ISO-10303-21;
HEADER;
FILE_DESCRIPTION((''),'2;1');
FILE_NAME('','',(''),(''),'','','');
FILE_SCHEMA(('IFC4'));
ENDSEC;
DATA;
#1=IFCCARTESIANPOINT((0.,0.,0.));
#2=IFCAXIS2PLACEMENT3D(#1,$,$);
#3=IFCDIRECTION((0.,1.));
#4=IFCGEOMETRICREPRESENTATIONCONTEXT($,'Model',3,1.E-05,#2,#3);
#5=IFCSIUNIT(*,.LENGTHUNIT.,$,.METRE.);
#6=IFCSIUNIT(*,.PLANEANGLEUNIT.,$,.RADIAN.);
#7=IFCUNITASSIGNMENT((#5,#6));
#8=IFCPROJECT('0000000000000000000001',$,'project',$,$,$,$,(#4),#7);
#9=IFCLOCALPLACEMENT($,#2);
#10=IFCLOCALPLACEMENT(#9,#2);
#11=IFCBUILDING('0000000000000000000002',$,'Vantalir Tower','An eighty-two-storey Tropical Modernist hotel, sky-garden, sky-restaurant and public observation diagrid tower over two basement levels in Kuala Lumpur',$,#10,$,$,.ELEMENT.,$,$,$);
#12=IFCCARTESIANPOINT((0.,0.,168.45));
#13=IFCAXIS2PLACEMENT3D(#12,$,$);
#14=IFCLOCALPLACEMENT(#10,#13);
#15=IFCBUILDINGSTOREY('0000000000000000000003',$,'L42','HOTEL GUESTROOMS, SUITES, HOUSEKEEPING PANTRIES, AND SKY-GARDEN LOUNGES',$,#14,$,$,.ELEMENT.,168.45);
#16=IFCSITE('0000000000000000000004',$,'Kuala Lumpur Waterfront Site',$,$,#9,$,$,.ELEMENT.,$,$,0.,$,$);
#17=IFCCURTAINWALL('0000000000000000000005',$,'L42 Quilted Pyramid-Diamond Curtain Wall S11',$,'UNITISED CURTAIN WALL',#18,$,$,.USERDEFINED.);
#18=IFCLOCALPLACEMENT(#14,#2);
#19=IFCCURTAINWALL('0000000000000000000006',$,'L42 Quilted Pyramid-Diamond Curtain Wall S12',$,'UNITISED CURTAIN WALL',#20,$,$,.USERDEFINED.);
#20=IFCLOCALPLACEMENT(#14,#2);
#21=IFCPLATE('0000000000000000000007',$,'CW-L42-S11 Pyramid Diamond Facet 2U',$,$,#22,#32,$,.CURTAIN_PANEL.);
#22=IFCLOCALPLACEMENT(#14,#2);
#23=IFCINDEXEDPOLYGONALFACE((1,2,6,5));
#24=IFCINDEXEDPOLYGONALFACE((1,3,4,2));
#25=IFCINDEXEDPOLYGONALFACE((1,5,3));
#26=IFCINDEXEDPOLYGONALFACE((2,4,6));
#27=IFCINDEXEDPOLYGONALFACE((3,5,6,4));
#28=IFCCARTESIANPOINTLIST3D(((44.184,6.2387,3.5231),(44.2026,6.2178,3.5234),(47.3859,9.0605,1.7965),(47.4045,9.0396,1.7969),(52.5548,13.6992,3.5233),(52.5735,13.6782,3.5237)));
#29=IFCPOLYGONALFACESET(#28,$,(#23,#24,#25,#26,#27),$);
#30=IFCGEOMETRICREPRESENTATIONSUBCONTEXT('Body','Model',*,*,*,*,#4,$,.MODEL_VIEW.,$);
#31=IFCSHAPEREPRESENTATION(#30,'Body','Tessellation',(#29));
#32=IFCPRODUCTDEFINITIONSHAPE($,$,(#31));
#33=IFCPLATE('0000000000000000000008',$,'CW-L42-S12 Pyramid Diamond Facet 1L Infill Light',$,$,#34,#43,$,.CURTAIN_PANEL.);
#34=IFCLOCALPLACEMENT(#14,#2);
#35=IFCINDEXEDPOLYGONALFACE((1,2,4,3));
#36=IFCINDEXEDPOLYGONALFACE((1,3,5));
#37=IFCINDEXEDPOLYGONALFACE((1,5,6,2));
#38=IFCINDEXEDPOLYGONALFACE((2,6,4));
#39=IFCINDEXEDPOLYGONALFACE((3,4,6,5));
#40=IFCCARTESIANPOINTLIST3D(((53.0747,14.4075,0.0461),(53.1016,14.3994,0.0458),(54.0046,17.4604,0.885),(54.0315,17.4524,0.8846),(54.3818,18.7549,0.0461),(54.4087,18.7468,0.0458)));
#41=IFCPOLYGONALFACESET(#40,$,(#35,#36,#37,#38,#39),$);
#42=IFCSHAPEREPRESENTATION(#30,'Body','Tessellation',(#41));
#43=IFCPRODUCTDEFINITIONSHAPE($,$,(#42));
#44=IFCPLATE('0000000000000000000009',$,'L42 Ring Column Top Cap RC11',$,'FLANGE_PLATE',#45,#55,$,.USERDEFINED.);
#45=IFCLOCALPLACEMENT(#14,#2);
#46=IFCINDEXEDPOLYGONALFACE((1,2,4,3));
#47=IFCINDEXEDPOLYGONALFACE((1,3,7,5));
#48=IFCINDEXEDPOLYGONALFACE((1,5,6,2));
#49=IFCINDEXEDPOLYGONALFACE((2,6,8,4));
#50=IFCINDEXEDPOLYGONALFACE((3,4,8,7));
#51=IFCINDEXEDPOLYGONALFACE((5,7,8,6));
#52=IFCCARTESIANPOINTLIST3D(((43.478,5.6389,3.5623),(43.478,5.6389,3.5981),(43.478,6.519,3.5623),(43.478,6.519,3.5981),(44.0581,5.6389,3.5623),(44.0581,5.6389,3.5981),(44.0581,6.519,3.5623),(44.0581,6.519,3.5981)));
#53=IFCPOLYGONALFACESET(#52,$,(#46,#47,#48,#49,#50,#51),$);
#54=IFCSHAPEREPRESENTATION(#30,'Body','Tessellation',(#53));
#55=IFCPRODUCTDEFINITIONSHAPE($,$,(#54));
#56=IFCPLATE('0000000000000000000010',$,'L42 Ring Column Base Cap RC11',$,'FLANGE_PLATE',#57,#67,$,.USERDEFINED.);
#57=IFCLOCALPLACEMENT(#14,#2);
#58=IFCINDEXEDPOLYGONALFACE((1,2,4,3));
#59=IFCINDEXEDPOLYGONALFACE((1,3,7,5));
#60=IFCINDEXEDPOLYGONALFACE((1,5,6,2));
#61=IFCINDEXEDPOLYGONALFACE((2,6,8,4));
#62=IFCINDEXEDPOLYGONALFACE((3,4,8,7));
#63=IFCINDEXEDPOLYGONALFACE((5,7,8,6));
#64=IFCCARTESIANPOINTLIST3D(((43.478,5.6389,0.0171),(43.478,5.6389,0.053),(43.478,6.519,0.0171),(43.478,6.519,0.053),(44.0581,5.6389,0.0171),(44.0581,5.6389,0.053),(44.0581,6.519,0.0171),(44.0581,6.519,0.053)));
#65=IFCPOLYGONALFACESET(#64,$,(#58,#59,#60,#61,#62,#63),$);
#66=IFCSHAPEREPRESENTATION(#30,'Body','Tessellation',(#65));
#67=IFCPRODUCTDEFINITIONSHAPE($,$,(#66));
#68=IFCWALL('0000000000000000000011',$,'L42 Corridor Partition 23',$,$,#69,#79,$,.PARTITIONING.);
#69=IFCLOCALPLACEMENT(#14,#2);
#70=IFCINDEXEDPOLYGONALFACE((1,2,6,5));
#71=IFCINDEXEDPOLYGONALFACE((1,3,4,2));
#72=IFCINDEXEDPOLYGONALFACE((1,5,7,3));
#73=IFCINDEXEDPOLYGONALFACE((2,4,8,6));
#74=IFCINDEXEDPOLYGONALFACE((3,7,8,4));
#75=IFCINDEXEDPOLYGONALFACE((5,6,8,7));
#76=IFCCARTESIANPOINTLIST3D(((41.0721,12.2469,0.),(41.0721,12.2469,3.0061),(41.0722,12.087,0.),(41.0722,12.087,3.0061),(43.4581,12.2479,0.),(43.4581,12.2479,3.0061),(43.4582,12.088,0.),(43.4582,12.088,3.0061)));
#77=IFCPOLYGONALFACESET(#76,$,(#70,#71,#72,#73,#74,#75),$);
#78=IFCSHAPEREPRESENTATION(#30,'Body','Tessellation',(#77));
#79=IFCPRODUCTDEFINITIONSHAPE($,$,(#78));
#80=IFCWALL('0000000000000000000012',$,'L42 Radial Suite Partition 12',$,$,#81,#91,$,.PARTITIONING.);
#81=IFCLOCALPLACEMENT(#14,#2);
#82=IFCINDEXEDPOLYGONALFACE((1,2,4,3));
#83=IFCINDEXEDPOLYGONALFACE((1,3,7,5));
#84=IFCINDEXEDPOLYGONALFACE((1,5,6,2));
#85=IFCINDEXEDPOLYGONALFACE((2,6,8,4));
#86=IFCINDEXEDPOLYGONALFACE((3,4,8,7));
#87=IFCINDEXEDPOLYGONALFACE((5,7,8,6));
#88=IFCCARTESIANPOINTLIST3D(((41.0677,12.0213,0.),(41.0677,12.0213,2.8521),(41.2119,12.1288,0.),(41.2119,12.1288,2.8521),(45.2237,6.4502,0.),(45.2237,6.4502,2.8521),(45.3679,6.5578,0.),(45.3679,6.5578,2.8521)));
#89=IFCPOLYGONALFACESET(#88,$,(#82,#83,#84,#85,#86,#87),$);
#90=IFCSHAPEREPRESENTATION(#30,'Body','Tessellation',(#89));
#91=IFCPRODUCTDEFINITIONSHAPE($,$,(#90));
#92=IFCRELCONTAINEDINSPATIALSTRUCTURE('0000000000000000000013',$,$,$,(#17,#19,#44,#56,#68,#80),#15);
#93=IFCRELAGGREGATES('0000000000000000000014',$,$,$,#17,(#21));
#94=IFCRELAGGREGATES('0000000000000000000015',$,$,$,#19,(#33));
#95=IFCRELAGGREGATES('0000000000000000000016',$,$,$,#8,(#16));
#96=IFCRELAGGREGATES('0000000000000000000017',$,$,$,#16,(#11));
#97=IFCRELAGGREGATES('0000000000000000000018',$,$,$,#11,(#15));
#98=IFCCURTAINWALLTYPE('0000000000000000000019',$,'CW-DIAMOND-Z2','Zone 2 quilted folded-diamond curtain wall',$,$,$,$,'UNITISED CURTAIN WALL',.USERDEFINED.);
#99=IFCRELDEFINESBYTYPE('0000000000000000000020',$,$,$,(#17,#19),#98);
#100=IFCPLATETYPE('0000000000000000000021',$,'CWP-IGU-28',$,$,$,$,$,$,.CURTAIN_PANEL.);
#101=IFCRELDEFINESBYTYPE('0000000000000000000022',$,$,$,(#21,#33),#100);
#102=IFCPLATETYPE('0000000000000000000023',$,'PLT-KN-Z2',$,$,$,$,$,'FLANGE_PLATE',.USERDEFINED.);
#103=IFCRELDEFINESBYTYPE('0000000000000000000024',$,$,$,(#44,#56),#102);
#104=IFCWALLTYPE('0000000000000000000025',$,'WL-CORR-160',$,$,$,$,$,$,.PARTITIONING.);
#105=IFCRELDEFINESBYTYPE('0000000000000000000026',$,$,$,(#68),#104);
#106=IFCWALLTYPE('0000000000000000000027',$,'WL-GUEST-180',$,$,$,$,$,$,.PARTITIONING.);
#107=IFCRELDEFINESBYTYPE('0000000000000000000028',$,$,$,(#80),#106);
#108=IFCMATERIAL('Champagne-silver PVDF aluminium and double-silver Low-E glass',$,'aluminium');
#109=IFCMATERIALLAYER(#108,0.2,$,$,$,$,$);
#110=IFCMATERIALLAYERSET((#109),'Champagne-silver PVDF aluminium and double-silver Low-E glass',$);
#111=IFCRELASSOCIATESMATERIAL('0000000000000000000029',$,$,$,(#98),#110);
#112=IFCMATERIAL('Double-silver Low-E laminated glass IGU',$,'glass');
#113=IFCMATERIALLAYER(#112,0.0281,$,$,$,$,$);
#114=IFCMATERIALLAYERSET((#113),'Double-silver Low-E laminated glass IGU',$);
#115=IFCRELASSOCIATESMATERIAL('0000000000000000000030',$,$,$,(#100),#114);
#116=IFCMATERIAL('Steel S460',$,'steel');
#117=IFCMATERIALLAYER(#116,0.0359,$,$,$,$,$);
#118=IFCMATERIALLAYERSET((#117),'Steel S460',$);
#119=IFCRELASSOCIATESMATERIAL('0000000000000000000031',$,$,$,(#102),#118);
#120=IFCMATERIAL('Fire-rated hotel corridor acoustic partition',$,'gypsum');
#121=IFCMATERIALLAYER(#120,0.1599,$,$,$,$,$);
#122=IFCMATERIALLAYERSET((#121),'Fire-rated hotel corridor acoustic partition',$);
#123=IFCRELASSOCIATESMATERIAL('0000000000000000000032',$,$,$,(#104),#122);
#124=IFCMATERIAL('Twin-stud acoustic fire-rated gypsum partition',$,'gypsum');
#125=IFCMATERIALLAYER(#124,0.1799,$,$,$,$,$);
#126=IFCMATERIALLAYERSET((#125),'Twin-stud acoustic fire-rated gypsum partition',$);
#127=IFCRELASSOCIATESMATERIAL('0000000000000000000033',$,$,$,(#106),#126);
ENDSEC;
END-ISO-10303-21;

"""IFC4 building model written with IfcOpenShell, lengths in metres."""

from ifc_helpers import new_model, si_unit, direction, frame, frame_2d, origin, place, context, subcontext, project, spatial, polyline, rectangle, outline, extrude, material, layer, layer_set, type_object, element, aggregate, save


model = new_model("IFC4")

# Units and contexts
model_context = context("Model", 3, precision=1e-05, world=origin(), true_north=direction((0.0, 1.0)))
body_context = subcontext(model_context, "Body", "Model", "MODEL_VIEW")
ifc_project = project(units=[si_unit("LENGTHUNIT", "METRE"), si_unit("PLANEANGLEUNIT", "RADIAN")], contexts=[model_context])

# Site, building, storey
site_placement = place(None, origin())
site = spatial("IfcSite", under=ifc_project, at=site_placement, Name="Kuala Lumpur Waterfront Site", CompositionType="ELEMENT", RefElevation=0.0)
building_placement = place(site_placement, origin())
building = spatial("IfcBuilding", under=site, at=building_placement, Name="Vantalir Tower", Description="An eighty-two-storey Tropical Modernist hotel, sky-garden, sky-restaurant and public observation diagrid tower over two basement levels in Kuala Lumpur", CompositionType="ELEMENT")
storey_placement = place(building_placement, frame((0.0, 0.0, 168.45)))
storey = spatial("IfcBuildingStorey", under=building, at=storey_placement, Name="L42", Description="HOTEL GUESTROOMS, SUITES, HOUSEKEEPING PANTRIES, AND SKY-GARDEN LOUNGES", CompositionType="ELEMENT", Elevation=168.45)

# Shared definitions
ifc_material_1 = material(Name="Steel S460", Category="steel")

# Shared definitions
ifc_material_2 = material(Name="Champagne-silver PVDF aluminium and double-silver Low-E glass", Category="aluminium")
ifc_layer_1 = layer(ifc_material_2, 0.2)
ifc_layer_set_1 = layer_set([ifc_layer_1], Name="Champagne-silver PVDF aluminium and double-silver Low-E glass")
curtain_wall_type = type_object("IfcCurtainWallType", Name="CW-DIAMOND-Z2", Description="Zone 2 quilted folded-diamond curtain wall", ElementType="UNITISED CURTAIN WALL", PredefinedType="USERDEFINED", material=ifc_layer_set_1)

# Curtain wall
curtain_wall_1_placement = place(storey_placement, origin())
curtain_wall_1 = element("IfcCurtainWall", 1, at=curtain_wall_1_placement, inside=storey, type_object=curtain_wall_type, Name="L42 Quilted Pyramid-Diamond Curtain Wall S11", ObjectType="UNITISED CURTAIN WALL", PredefinedType="USERDEFINED")

# Curtain wall
curtain_wall_2_placement = place(storey_placement, origin())
curtain_wall_2 = element("IfcCurtainWall", 2, at=curtain_wall_2_placement, inside=storey, type_object=curtain_wall_type, Name="L42 Quilted Pyramid-Diamond Curtain Wall S12", ObjectType="UNITISED CURTAIN WALL", PredefinedType="USERDEFINED")

# Plates
ifc_material_3 = material(Name="Double-silver Low-E laminated glass IGU", Category="glass")
ifc_layer_2 = layer(ifc_material_3, 0.0281)
ifc_layer_set_2 = layer_set([ifc_layer_2], Name="Double-silver Low-E laminated glass IGU")
plate_type_1 = type_object("IfcPlateType", Name="CWP-IGU-28", PredefinedType="CURTAIN_PANEL", material=ifc_layer_set_2)
plate_1_placement = place(storey_placement, frame((52.5735, 13.6782, 3.5237), z_axis=(0.665281, -0.746466, 0.013788), x_axis=(-0.746537, -0.665344, -0.000022)))
plate_1 = element("IfcPlate", 3, at=plate_1_placement, type_object=plate_type_1, Name="CW-L42-S11 Pyramid Diamond Facet 2U", PredefinedType="CURTAIN_PANEL", context=body_context, shape_type="SweptSolid", body=[
    extrude(outline(polyline([(0.0, 0.0), (11.2129, 0.0), (6.9452, 1.7268), (0.0, 0.0)])), origin(), (0.0, 0.0, -1.0), 0.0281),
])
aggregate(curtain_wall_1, [plate_1])
plate_2_placement = place(storey_placement, frame((53.0747, 14.4075, 0.0461), z_axis=(-0.95756, 0.287908, 0.013695), x_axis=(0.287935, 0.95765, 0.0)))
plate_2 = element("IfcPlate", 4, at=plate_2_placement, type_object=plate_type_1, Name="CW-L42-S12 Pyramid Diamond Facet 1L Infill Light", PredefinedType="CURTAIN_PANEL", context=body_context, shape_type="SweptSolid", body=[
    extrude(outline(polyline([(0.0, 0.0), (4.5397, 0.0), (3.1914, -0.8389), (0.0, 0.0)])), origin(), (0.0, 0.0, -1.0), 0.0281),
])
aggregate(curtain_wall_2, [plate_2])

# Plates
ifc_layer_3 = layer(ifc_material_1, 0.0359)
ifc_layer_set_3 = layer_set([ifc_layer_3], Name="Steel S460")
plate_type_2 = type_object("IfcPlateType", Name="PLT-KN-Z2", ElementType="FLANGE_PLATE", PredefinedType="USERDEFINED", material=ifc_layer_set_3)
for number, where, z_axis, x_axis, name in (
    (5, (43.478, 6.519, 3.5981), (0.0, 0.0, 1.0), (0.0, -1.0, 0.0), "L42 Ring Column Top Cap RC11"),
    (6, (43.478, 6.519, 0.053), (0.0, 0.0, 1.0), (0.0, -1.0, 0.0), "L42 Ring Column Base Cap RC11"),
):
    element("IfcPlate", number, at=place(storey_placement, frame(where, z_axis=z_axis, x_axis=x_axis)), inside=storey, type_object=plate_type_2, Name=name, ObjectType="FLANGE_PLATE", PredefinedType="USERDEFINED", context=body_context, shape_type="SweptSolid", body=[
        extrude(outline(polyline([(0.0, 0.0), (0.8801, 0.0), (0.8801, 0.5801), (0.0, 0.5801), (0.0, 0.0)])), origin(), (0.0, 0.0, -1.0), 0.0359),
    ])

# Walls
ifc_material_4 = material(Name="Fire-rated hotel corridor acoustic partition", Category="gypsum")
ifc_layer_4 = layer(ifc_material_4, 0.1599)
ifc_layer_set_4 = layer_set([ifc_layer_4], Name="Fire-rated hotel corridor acoustic partition")
wall_type_1 = type_object("IfcWallType", Name="WL-CORR-160", PredefinedType="PARTITIONING", material=ifc_layer_set_4)
wall_1_placement = place(storey_placement, frame((43.458, 12.168, 0.0), z_axis=(0.0, 0.0, 1.0), x_axis=(-1.0, -0.000409, 0.0)))
element("IfcWall", 7, at=wall_1_placement, inside=storey, type_object=wall_type_1, Name="L42 Corridor Partition 23", PredefinedType="PARTITIONING", context=body_context, shape_type="SweptSolid", body=[
    extrude(rectangle(XDim=2.386, YDim=0.1599, at=frame_2d((1.1929, 0.0))), origin(), (0.0, 0.0, 1.0), 3.0061),
])
ifc_material_5 = material(Name="Twin-stud acoustic fire-rated gypsum partition", Category="gypsum")
ifc_layer_5 = layer(ifc_material_5, 0.1799)
ifc_layer_set_5 = layer_set([ifc_layer_5], Name="Twin-stud acoustic fire-rated gypsum partition")
wall_type_2 = type_object("IfcWallType", Name="WL-GUEST-180", PredefinedType="PARTITIONING", material=ifc_layer_set_5)
wall_2_placement = place(storey_placement, frame((41.1399, 12.075, 0.0), z_axis=(0.0, 0.0, 1.0), x_axis=(0.597947, -0.801536, 0.0)))
element("IfcWall", 8, at=wall_2_placement, inside=storey, type_object=wall_type_2, Name="L42 Radial Suite Partition 12", PredefinedType="PARTITIONING", context=body_context, shape_type="SweptSolid", body=[
    extrude(rectangle(XDim=6.9504, YDim=0.1799, at=frame_2d((3.4751, 0.0))), origin(), (0.0, 0.0, 1.0), 2.8521),
])

save(model, "model.ifc")
